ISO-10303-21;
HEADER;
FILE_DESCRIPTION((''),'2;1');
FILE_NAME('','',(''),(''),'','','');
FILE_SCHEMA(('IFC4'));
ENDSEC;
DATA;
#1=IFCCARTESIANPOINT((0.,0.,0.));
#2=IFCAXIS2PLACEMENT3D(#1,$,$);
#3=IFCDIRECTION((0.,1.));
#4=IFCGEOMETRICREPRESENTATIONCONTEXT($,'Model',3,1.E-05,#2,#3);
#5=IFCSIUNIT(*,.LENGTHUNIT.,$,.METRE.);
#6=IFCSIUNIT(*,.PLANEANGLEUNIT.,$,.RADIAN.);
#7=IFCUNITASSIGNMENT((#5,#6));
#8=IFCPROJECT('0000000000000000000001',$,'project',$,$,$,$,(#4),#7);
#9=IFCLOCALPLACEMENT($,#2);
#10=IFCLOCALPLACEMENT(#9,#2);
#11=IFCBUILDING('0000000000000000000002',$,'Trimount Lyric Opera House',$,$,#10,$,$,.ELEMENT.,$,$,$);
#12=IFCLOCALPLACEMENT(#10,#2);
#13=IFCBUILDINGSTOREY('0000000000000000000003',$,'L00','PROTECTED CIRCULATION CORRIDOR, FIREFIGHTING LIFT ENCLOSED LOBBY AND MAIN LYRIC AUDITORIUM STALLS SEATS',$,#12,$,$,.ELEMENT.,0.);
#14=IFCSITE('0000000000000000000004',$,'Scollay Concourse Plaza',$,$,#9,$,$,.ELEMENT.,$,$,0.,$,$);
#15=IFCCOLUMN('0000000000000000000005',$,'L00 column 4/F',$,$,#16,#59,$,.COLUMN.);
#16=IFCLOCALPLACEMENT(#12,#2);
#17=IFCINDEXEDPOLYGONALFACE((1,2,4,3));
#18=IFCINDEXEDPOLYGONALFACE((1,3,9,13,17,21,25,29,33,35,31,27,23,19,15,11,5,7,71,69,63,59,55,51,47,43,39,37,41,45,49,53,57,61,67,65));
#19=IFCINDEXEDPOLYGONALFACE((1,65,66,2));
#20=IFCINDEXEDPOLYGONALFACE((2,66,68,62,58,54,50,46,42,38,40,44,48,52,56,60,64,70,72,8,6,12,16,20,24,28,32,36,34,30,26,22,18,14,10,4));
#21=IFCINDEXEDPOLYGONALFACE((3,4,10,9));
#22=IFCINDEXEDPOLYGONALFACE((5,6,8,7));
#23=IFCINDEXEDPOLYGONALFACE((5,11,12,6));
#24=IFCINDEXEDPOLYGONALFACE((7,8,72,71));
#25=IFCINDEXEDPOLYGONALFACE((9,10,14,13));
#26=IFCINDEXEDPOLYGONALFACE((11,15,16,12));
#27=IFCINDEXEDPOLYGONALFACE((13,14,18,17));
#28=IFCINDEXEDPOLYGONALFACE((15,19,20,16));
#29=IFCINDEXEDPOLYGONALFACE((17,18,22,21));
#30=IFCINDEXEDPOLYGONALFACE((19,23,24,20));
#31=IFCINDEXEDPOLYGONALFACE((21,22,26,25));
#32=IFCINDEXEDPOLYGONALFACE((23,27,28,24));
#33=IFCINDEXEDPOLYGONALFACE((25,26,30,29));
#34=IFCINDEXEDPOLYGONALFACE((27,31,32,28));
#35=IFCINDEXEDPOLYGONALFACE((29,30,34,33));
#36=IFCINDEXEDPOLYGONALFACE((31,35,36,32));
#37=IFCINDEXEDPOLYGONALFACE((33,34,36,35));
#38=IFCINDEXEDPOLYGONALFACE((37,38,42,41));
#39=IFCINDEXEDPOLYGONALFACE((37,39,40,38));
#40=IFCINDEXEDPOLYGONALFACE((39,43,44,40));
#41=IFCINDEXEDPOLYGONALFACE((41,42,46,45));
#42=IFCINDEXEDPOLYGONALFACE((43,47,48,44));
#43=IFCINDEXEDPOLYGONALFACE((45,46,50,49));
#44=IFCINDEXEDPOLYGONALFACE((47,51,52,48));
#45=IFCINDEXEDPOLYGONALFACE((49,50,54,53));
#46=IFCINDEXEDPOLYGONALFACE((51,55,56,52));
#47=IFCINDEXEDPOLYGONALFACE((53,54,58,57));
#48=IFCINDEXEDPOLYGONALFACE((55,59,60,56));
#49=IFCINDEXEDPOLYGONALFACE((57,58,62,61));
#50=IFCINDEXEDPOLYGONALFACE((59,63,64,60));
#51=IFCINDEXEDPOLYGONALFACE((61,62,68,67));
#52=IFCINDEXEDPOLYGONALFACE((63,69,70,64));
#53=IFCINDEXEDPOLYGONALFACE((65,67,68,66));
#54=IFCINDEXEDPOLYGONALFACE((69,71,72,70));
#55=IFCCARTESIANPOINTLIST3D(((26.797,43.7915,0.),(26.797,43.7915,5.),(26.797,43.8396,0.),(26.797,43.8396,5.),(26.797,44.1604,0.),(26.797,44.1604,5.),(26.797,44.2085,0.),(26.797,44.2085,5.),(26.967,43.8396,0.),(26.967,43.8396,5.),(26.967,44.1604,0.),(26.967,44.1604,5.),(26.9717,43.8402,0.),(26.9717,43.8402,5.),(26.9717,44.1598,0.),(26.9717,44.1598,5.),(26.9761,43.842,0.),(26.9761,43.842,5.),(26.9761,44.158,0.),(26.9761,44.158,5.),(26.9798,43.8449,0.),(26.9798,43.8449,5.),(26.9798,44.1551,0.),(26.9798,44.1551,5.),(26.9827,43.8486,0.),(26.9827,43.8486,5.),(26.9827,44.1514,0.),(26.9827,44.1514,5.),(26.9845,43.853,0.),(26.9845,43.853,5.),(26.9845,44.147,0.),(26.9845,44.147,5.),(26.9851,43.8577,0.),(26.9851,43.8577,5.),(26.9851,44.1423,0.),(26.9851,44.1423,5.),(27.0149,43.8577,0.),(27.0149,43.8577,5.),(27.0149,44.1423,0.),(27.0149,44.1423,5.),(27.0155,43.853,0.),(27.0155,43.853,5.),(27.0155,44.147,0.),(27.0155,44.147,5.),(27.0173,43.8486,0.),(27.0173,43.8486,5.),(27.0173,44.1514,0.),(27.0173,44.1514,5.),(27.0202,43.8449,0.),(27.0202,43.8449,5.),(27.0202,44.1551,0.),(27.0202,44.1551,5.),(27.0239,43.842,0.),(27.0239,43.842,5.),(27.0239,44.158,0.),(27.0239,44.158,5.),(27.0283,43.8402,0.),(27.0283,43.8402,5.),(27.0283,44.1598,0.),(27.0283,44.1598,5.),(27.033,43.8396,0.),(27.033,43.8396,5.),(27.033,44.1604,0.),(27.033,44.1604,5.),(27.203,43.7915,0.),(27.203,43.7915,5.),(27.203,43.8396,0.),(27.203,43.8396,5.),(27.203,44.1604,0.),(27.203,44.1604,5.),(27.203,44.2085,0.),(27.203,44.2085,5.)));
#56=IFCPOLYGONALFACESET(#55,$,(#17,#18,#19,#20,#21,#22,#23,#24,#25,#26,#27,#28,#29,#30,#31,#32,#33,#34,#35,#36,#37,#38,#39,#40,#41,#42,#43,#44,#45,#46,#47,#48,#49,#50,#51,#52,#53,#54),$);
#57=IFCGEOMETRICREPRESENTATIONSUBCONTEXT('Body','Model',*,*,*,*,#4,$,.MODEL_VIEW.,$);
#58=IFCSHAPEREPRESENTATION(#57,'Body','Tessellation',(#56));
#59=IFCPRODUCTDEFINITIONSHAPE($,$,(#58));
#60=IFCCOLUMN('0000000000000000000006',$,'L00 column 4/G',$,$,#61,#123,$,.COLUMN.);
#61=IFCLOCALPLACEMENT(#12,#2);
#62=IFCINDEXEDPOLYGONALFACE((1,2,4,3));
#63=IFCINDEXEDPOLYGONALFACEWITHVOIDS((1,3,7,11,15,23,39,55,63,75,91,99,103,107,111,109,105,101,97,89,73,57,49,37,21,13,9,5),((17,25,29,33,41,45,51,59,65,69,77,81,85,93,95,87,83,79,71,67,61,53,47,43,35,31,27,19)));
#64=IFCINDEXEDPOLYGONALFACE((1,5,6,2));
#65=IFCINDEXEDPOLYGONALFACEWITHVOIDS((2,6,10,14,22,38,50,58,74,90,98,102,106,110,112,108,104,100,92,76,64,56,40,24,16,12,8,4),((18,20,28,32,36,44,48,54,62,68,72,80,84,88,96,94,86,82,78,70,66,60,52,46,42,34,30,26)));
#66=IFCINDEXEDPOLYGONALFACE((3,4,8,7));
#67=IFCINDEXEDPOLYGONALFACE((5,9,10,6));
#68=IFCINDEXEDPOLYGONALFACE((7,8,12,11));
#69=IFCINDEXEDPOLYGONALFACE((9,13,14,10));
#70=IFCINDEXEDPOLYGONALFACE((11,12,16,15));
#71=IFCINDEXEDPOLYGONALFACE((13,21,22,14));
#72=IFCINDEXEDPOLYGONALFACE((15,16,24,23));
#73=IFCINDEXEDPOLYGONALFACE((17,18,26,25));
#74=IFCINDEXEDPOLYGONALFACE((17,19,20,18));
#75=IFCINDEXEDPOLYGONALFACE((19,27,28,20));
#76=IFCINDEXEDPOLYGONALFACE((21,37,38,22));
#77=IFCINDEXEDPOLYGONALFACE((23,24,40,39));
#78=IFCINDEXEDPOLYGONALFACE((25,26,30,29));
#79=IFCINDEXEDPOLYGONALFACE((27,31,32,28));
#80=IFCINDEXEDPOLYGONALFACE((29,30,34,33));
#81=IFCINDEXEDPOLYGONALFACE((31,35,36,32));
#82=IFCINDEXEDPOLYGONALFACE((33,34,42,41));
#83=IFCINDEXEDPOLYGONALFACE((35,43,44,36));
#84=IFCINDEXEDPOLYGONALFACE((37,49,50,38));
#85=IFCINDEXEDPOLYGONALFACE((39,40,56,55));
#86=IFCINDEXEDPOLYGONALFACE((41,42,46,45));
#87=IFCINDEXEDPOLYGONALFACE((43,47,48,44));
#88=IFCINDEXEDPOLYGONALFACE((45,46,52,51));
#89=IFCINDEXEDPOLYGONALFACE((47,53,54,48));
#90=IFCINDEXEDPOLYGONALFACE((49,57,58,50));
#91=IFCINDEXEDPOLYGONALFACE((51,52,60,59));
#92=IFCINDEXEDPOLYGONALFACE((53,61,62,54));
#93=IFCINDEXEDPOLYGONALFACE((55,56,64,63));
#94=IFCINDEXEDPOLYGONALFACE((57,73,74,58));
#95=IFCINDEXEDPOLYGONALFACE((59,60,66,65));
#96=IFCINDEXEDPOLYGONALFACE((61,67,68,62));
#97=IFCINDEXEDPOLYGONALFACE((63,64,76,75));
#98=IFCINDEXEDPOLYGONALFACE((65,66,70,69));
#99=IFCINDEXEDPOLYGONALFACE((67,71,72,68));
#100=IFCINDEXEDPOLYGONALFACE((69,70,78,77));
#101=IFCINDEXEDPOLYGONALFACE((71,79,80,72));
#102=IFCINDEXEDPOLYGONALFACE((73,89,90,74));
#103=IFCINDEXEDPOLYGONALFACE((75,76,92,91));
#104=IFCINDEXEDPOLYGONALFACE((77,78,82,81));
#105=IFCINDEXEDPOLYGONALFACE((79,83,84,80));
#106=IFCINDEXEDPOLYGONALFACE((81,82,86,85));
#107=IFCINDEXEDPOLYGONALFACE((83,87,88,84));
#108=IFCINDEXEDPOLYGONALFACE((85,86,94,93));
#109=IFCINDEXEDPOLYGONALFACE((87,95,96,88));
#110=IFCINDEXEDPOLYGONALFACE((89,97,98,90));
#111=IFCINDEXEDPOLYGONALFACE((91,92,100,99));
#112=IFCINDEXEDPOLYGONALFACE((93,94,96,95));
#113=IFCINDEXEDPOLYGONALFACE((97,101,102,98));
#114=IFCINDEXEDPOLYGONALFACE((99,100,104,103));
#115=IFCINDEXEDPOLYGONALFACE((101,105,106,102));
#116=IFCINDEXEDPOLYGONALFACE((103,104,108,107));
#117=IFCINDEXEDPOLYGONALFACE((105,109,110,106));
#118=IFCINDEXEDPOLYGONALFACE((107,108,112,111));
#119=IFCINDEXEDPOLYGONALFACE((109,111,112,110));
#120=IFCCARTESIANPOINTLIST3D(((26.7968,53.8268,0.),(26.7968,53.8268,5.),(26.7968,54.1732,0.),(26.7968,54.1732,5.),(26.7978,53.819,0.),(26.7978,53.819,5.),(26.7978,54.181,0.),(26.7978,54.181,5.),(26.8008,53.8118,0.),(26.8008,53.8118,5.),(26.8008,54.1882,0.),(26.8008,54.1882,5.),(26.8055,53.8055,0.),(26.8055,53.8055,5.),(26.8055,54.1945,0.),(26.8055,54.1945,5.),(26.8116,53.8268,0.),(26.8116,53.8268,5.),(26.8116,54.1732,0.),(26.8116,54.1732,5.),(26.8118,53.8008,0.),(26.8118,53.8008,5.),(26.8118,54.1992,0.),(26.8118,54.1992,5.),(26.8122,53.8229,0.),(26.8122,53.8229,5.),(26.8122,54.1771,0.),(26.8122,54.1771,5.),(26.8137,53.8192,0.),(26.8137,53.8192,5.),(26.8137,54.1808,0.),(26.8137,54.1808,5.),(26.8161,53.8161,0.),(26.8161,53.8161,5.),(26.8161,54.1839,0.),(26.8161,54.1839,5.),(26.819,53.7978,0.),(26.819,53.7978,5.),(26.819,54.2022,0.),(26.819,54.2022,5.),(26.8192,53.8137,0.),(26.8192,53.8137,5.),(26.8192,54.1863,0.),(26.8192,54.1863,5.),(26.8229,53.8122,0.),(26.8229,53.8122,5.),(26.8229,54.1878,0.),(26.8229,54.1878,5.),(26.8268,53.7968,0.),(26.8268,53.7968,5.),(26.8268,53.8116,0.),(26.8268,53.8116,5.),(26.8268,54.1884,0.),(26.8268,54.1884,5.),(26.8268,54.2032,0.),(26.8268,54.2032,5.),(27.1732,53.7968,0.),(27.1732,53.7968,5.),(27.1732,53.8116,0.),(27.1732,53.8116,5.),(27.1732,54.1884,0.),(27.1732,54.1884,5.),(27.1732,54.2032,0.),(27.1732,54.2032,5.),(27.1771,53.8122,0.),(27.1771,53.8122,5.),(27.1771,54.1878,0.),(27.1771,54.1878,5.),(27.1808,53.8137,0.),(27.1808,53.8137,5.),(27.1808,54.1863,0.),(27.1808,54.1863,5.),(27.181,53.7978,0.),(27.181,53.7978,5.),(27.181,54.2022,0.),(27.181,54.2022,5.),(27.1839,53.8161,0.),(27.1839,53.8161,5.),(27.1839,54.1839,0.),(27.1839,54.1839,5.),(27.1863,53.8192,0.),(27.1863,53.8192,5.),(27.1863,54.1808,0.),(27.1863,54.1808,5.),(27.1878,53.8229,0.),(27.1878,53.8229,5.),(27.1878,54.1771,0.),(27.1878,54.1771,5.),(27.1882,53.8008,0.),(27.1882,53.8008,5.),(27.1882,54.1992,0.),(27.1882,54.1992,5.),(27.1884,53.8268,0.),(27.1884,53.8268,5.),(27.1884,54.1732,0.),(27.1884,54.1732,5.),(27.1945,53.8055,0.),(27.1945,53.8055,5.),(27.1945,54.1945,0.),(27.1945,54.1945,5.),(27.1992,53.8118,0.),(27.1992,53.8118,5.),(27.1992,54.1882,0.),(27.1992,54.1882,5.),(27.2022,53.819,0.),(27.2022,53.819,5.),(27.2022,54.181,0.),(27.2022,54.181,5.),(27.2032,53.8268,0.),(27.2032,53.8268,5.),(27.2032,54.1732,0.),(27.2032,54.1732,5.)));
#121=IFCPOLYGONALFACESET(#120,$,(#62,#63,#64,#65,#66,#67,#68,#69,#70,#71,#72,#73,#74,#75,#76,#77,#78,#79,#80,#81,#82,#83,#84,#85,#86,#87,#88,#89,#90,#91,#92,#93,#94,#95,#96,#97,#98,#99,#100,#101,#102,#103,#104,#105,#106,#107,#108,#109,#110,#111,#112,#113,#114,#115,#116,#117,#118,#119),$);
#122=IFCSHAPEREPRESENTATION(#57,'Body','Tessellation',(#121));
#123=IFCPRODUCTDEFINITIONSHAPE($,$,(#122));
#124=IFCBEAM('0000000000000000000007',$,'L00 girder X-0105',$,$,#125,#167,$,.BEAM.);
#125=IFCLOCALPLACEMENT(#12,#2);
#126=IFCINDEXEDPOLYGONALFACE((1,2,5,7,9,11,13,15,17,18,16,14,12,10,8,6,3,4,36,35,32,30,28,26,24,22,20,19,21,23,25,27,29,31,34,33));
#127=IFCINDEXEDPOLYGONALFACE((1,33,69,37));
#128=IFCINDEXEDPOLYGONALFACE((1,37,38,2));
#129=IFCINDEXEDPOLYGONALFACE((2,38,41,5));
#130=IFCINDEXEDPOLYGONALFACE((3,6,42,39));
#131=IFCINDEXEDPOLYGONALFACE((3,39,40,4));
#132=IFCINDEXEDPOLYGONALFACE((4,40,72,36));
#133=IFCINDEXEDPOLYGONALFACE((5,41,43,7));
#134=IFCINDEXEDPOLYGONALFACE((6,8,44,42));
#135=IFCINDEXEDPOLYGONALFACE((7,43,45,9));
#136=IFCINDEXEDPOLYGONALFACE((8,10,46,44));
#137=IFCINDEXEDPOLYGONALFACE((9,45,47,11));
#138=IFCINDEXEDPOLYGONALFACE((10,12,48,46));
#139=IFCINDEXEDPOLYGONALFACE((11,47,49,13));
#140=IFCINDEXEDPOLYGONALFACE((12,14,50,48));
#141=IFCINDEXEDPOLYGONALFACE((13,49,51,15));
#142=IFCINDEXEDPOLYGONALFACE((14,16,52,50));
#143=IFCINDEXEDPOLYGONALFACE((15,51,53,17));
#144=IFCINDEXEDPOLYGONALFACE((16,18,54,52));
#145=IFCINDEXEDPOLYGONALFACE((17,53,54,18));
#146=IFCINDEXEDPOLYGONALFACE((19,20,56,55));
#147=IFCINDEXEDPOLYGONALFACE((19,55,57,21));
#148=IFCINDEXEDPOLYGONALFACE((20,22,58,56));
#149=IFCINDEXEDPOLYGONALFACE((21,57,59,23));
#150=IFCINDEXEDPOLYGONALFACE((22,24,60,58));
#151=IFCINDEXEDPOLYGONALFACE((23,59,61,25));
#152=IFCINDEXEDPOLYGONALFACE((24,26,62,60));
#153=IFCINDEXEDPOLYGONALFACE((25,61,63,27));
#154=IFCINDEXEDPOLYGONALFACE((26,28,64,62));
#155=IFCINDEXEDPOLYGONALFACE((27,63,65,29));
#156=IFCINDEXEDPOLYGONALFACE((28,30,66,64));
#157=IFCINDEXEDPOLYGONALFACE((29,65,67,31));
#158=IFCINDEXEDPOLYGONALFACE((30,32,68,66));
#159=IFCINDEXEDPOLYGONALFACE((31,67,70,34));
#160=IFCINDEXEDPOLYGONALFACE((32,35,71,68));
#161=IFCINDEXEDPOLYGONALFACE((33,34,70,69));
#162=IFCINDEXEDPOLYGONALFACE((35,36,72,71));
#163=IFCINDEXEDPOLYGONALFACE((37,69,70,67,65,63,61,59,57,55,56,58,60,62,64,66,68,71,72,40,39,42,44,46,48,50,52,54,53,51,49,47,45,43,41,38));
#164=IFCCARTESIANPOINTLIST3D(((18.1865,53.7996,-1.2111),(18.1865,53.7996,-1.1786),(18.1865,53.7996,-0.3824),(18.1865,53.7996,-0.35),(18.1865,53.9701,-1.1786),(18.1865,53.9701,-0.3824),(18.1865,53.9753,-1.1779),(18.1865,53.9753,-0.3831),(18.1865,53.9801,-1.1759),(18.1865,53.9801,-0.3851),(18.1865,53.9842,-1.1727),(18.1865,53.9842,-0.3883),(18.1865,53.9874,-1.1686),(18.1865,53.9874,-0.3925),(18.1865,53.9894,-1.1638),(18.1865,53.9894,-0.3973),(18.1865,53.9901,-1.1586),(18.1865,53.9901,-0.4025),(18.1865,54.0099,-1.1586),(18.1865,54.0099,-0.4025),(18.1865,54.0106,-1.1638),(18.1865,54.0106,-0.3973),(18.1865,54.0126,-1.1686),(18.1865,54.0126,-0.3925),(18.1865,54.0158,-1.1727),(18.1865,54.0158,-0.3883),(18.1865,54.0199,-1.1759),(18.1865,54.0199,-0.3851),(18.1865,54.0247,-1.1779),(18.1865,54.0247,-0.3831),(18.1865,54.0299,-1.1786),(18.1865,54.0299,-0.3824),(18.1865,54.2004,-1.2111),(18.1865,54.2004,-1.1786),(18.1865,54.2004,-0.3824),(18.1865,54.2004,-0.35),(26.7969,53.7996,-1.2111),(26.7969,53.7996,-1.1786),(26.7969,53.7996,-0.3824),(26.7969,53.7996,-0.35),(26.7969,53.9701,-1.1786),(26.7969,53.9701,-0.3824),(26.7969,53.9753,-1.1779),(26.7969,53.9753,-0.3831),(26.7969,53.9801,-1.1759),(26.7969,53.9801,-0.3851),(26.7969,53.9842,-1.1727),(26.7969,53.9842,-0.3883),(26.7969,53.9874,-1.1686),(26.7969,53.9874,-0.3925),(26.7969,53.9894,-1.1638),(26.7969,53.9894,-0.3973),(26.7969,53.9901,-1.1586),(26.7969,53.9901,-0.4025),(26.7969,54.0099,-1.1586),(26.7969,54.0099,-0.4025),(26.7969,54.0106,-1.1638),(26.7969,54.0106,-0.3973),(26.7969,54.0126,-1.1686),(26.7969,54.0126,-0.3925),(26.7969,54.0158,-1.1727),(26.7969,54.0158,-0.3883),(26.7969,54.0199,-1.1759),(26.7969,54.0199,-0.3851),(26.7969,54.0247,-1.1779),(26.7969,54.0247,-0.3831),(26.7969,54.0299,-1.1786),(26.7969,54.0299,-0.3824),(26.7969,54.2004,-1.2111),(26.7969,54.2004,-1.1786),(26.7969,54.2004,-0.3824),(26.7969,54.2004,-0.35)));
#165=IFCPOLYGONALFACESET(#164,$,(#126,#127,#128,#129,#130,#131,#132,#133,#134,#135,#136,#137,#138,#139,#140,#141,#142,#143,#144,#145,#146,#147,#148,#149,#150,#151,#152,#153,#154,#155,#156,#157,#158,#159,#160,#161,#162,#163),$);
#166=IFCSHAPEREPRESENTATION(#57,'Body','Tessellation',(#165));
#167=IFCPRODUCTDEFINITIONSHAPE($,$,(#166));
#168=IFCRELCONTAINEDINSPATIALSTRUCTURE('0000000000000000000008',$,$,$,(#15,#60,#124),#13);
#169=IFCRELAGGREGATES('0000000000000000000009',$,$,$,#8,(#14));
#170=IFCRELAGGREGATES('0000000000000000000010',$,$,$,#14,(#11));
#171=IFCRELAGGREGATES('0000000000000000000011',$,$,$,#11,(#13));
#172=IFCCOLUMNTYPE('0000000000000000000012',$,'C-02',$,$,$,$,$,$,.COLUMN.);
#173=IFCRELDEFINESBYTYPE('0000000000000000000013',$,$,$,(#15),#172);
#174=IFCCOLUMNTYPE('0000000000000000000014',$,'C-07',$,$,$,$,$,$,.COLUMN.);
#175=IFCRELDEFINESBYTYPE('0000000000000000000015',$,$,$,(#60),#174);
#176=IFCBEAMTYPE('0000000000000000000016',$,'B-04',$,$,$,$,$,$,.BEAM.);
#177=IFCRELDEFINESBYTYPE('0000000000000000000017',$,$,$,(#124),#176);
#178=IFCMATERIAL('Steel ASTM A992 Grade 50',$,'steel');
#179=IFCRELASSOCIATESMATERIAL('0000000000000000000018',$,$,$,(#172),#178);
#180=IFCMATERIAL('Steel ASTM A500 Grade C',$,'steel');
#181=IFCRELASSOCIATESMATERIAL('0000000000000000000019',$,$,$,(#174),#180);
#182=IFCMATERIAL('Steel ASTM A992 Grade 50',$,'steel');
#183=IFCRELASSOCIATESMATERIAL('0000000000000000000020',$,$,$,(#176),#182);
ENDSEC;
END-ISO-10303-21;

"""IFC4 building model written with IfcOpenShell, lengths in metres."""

from ifc_helpers import new_model, si_unit, direction, frame, origin, origin_2d, place, context, subcontext, project, spatial, hollow_rectangle, i_section, extrude, material, material_profile, profile_set, type_object, element, save


model = new_model("IFC4")

# Units and contexts
model_context = context("Model", 3, precision=1e-05, world=origin(), true_north=direction((0.0, 1.0)))
body_context = subcontext(model_context, "Body", "Model", "MODEL_VIEW")
ifc_project = project(units=[si_unit("LENGTHUNIT", "METRE"), si_unit("PLANEANGLEUNIT", "RADIAN")], contexts=[model_context])

# Site, building, storey
site_placement = place(None, origin())
site = spatial("IfcSite", under=ifc_project, at=site_placement, Name="Scollay Concourse Plaza", CompositionType="ELEMENT", RefElevation=0.0)
building_placement = place(site_placement, origin())
building = spatial("IfcBuilding", under=site, at=building_placement, Name="Trimount Lyric Opera House", CompositionType="ELEMENT")
storey_placement = place(building_placement, origin())
storey = spatial("IfcBuildingStorey", under=building, at=storey_placement, Name="L00", Description="PROTECTED CIRCULATION CORRIDOR, FIREFIGHTING LIFT ENCLOSED LOBBY AND MAIN LYRIC AUDITORIUM STALLS SEATS", CompositionType="ELEMENT", Elevation=0.0)

# Columns
ifc_material_1 = material(Name="Steel ASTM A992 Grade 50", Category="steel")
ifc_material_profile_1 = material_profile(ifc_material_1, i_section(OverallWidth=0.406, OverallDepth=0.417, WebThickness=0.0298, FlangeThickness=0.0481, FilletRadius=0.0181, at=origin_2d()), Name="W14X257")
ifc_profile_set_1 = profile_set([ifc_material_profile_1], Name="Steel ASTM A992 Grade 50")
column_type_1 = type_object("IfcColumnType", Name="C-02", PredefinedType="COLUMN", material=ifc_profile_set_1)
column_1_placement = place(storey_placement, frame((27.0, 44.0, 0.0), z_axis=(0.0, 0.0, 1.0), x_axis=(1.0, 0.0, 0.0)))
element("IfcColumn", 1, at=column_1_placement, inside=storey, type_object=column_type_1, Name="L00 column 4/F", PredefinedType="COLUMN", context=body_context, shape_type="SweptSolid", body=[
    extrude(i_section(OverallWidth=0.406, OverallDepth=0.417, WebThickness=0.0298, FlangeThickness=0.0481, FilletRadius=0.0181, at=origin_2d()), origin(), (0.0, 0.0, 1.0), 5.0),
])
ifc_material_2 = material(Name="Steel ASTM A500 Grade C", Category="steel")
ifc_material_profile_2 = material_profile(ifc_material_2, hollow_rectangle(XDim=0.4065, YDim=0.4065, WallThickness=0.0149, InnerFilletRadius=0.0151, OuterFilletRadius=0.03, at=origin_2d()), Name="HSS406.4X406.4X15.9")
ifc_profile_set_2 = profile_set([ifc_material_profile_2], Name="Steel ASTM A500 Grade C")
column_type_2 = type_object("IfcColumnType", Name="C-07", PredefinedType="COLUMN", material=ifc_profile_set_2)
column_2_placement = place(storey_placement, frame((27.0, 54.0, 0.0), z_axis=(0.0, 0.0, 1.0), x_axis=(1.0, 0.0, 0.0)))
element("IfcColumn", 2, at=column_2_placement, inside=storey, type_object=column_type_2, Name="L00 column 4/G", PredefinedType="COLUMN", context=body_context, shape_type="SweptSolid", body=[
    extrude(hollow_rectangle(XDim=0.4065, YDim=0.4065, WallThickness=0.0149, InnerFilletRadius=0.0151, OuterFilletRadius=0.03, at=origin_2d()), origin(), (0.0, 0.0, 1.0), 5.0),
])

# Beam
ifc_material_3 = material(Name="Steel ASTM A992 Grade 50", Category="steel")
ifc_material_profile_3 = material_profile(ifc_material_3, i_section(OverallWidth=0.4009, OverallDepth=0.8611, WebThickness=0.0198, FlangeThickness=0.0325, FilletRadius=0.02, at=origin_2d()), Name="W33X221")
ifc_profile_set_3 = profile_set([ifc_material_profile_3], Name="Steel ASTM A992 Grade 50")
beam_type_1 = type_object("IfcBeamType", Name="B-04", PredefinedType="BEAM", material=ifc_profile_set_3)
beam_1_placement = place(storey_placement, frame((18.1865, 54.0, -0.7805), z_axis=(1.0, 0.0, 0.0), x_axis=(0.0, 1.0, 0.0)))
element("IfcBeam", 3, at=beam_1_placement, inside=storey, type_object=beam_type_1, Name="L00 girder X-0105", PredefinedType="BEAM", context=body_context, shape_type="SweptSolid", body=[
    extrude(i_section(OverallWidth=0.4009, OverallDepth=0.8611, WebThickness=0.0198, FlangeThickness=0.0325, FilletRadius=0.02, at=origin_2d()), origin(), (0.0, 0.0, 1.0), 8.6104),
])

save(model, "model.ifc")
